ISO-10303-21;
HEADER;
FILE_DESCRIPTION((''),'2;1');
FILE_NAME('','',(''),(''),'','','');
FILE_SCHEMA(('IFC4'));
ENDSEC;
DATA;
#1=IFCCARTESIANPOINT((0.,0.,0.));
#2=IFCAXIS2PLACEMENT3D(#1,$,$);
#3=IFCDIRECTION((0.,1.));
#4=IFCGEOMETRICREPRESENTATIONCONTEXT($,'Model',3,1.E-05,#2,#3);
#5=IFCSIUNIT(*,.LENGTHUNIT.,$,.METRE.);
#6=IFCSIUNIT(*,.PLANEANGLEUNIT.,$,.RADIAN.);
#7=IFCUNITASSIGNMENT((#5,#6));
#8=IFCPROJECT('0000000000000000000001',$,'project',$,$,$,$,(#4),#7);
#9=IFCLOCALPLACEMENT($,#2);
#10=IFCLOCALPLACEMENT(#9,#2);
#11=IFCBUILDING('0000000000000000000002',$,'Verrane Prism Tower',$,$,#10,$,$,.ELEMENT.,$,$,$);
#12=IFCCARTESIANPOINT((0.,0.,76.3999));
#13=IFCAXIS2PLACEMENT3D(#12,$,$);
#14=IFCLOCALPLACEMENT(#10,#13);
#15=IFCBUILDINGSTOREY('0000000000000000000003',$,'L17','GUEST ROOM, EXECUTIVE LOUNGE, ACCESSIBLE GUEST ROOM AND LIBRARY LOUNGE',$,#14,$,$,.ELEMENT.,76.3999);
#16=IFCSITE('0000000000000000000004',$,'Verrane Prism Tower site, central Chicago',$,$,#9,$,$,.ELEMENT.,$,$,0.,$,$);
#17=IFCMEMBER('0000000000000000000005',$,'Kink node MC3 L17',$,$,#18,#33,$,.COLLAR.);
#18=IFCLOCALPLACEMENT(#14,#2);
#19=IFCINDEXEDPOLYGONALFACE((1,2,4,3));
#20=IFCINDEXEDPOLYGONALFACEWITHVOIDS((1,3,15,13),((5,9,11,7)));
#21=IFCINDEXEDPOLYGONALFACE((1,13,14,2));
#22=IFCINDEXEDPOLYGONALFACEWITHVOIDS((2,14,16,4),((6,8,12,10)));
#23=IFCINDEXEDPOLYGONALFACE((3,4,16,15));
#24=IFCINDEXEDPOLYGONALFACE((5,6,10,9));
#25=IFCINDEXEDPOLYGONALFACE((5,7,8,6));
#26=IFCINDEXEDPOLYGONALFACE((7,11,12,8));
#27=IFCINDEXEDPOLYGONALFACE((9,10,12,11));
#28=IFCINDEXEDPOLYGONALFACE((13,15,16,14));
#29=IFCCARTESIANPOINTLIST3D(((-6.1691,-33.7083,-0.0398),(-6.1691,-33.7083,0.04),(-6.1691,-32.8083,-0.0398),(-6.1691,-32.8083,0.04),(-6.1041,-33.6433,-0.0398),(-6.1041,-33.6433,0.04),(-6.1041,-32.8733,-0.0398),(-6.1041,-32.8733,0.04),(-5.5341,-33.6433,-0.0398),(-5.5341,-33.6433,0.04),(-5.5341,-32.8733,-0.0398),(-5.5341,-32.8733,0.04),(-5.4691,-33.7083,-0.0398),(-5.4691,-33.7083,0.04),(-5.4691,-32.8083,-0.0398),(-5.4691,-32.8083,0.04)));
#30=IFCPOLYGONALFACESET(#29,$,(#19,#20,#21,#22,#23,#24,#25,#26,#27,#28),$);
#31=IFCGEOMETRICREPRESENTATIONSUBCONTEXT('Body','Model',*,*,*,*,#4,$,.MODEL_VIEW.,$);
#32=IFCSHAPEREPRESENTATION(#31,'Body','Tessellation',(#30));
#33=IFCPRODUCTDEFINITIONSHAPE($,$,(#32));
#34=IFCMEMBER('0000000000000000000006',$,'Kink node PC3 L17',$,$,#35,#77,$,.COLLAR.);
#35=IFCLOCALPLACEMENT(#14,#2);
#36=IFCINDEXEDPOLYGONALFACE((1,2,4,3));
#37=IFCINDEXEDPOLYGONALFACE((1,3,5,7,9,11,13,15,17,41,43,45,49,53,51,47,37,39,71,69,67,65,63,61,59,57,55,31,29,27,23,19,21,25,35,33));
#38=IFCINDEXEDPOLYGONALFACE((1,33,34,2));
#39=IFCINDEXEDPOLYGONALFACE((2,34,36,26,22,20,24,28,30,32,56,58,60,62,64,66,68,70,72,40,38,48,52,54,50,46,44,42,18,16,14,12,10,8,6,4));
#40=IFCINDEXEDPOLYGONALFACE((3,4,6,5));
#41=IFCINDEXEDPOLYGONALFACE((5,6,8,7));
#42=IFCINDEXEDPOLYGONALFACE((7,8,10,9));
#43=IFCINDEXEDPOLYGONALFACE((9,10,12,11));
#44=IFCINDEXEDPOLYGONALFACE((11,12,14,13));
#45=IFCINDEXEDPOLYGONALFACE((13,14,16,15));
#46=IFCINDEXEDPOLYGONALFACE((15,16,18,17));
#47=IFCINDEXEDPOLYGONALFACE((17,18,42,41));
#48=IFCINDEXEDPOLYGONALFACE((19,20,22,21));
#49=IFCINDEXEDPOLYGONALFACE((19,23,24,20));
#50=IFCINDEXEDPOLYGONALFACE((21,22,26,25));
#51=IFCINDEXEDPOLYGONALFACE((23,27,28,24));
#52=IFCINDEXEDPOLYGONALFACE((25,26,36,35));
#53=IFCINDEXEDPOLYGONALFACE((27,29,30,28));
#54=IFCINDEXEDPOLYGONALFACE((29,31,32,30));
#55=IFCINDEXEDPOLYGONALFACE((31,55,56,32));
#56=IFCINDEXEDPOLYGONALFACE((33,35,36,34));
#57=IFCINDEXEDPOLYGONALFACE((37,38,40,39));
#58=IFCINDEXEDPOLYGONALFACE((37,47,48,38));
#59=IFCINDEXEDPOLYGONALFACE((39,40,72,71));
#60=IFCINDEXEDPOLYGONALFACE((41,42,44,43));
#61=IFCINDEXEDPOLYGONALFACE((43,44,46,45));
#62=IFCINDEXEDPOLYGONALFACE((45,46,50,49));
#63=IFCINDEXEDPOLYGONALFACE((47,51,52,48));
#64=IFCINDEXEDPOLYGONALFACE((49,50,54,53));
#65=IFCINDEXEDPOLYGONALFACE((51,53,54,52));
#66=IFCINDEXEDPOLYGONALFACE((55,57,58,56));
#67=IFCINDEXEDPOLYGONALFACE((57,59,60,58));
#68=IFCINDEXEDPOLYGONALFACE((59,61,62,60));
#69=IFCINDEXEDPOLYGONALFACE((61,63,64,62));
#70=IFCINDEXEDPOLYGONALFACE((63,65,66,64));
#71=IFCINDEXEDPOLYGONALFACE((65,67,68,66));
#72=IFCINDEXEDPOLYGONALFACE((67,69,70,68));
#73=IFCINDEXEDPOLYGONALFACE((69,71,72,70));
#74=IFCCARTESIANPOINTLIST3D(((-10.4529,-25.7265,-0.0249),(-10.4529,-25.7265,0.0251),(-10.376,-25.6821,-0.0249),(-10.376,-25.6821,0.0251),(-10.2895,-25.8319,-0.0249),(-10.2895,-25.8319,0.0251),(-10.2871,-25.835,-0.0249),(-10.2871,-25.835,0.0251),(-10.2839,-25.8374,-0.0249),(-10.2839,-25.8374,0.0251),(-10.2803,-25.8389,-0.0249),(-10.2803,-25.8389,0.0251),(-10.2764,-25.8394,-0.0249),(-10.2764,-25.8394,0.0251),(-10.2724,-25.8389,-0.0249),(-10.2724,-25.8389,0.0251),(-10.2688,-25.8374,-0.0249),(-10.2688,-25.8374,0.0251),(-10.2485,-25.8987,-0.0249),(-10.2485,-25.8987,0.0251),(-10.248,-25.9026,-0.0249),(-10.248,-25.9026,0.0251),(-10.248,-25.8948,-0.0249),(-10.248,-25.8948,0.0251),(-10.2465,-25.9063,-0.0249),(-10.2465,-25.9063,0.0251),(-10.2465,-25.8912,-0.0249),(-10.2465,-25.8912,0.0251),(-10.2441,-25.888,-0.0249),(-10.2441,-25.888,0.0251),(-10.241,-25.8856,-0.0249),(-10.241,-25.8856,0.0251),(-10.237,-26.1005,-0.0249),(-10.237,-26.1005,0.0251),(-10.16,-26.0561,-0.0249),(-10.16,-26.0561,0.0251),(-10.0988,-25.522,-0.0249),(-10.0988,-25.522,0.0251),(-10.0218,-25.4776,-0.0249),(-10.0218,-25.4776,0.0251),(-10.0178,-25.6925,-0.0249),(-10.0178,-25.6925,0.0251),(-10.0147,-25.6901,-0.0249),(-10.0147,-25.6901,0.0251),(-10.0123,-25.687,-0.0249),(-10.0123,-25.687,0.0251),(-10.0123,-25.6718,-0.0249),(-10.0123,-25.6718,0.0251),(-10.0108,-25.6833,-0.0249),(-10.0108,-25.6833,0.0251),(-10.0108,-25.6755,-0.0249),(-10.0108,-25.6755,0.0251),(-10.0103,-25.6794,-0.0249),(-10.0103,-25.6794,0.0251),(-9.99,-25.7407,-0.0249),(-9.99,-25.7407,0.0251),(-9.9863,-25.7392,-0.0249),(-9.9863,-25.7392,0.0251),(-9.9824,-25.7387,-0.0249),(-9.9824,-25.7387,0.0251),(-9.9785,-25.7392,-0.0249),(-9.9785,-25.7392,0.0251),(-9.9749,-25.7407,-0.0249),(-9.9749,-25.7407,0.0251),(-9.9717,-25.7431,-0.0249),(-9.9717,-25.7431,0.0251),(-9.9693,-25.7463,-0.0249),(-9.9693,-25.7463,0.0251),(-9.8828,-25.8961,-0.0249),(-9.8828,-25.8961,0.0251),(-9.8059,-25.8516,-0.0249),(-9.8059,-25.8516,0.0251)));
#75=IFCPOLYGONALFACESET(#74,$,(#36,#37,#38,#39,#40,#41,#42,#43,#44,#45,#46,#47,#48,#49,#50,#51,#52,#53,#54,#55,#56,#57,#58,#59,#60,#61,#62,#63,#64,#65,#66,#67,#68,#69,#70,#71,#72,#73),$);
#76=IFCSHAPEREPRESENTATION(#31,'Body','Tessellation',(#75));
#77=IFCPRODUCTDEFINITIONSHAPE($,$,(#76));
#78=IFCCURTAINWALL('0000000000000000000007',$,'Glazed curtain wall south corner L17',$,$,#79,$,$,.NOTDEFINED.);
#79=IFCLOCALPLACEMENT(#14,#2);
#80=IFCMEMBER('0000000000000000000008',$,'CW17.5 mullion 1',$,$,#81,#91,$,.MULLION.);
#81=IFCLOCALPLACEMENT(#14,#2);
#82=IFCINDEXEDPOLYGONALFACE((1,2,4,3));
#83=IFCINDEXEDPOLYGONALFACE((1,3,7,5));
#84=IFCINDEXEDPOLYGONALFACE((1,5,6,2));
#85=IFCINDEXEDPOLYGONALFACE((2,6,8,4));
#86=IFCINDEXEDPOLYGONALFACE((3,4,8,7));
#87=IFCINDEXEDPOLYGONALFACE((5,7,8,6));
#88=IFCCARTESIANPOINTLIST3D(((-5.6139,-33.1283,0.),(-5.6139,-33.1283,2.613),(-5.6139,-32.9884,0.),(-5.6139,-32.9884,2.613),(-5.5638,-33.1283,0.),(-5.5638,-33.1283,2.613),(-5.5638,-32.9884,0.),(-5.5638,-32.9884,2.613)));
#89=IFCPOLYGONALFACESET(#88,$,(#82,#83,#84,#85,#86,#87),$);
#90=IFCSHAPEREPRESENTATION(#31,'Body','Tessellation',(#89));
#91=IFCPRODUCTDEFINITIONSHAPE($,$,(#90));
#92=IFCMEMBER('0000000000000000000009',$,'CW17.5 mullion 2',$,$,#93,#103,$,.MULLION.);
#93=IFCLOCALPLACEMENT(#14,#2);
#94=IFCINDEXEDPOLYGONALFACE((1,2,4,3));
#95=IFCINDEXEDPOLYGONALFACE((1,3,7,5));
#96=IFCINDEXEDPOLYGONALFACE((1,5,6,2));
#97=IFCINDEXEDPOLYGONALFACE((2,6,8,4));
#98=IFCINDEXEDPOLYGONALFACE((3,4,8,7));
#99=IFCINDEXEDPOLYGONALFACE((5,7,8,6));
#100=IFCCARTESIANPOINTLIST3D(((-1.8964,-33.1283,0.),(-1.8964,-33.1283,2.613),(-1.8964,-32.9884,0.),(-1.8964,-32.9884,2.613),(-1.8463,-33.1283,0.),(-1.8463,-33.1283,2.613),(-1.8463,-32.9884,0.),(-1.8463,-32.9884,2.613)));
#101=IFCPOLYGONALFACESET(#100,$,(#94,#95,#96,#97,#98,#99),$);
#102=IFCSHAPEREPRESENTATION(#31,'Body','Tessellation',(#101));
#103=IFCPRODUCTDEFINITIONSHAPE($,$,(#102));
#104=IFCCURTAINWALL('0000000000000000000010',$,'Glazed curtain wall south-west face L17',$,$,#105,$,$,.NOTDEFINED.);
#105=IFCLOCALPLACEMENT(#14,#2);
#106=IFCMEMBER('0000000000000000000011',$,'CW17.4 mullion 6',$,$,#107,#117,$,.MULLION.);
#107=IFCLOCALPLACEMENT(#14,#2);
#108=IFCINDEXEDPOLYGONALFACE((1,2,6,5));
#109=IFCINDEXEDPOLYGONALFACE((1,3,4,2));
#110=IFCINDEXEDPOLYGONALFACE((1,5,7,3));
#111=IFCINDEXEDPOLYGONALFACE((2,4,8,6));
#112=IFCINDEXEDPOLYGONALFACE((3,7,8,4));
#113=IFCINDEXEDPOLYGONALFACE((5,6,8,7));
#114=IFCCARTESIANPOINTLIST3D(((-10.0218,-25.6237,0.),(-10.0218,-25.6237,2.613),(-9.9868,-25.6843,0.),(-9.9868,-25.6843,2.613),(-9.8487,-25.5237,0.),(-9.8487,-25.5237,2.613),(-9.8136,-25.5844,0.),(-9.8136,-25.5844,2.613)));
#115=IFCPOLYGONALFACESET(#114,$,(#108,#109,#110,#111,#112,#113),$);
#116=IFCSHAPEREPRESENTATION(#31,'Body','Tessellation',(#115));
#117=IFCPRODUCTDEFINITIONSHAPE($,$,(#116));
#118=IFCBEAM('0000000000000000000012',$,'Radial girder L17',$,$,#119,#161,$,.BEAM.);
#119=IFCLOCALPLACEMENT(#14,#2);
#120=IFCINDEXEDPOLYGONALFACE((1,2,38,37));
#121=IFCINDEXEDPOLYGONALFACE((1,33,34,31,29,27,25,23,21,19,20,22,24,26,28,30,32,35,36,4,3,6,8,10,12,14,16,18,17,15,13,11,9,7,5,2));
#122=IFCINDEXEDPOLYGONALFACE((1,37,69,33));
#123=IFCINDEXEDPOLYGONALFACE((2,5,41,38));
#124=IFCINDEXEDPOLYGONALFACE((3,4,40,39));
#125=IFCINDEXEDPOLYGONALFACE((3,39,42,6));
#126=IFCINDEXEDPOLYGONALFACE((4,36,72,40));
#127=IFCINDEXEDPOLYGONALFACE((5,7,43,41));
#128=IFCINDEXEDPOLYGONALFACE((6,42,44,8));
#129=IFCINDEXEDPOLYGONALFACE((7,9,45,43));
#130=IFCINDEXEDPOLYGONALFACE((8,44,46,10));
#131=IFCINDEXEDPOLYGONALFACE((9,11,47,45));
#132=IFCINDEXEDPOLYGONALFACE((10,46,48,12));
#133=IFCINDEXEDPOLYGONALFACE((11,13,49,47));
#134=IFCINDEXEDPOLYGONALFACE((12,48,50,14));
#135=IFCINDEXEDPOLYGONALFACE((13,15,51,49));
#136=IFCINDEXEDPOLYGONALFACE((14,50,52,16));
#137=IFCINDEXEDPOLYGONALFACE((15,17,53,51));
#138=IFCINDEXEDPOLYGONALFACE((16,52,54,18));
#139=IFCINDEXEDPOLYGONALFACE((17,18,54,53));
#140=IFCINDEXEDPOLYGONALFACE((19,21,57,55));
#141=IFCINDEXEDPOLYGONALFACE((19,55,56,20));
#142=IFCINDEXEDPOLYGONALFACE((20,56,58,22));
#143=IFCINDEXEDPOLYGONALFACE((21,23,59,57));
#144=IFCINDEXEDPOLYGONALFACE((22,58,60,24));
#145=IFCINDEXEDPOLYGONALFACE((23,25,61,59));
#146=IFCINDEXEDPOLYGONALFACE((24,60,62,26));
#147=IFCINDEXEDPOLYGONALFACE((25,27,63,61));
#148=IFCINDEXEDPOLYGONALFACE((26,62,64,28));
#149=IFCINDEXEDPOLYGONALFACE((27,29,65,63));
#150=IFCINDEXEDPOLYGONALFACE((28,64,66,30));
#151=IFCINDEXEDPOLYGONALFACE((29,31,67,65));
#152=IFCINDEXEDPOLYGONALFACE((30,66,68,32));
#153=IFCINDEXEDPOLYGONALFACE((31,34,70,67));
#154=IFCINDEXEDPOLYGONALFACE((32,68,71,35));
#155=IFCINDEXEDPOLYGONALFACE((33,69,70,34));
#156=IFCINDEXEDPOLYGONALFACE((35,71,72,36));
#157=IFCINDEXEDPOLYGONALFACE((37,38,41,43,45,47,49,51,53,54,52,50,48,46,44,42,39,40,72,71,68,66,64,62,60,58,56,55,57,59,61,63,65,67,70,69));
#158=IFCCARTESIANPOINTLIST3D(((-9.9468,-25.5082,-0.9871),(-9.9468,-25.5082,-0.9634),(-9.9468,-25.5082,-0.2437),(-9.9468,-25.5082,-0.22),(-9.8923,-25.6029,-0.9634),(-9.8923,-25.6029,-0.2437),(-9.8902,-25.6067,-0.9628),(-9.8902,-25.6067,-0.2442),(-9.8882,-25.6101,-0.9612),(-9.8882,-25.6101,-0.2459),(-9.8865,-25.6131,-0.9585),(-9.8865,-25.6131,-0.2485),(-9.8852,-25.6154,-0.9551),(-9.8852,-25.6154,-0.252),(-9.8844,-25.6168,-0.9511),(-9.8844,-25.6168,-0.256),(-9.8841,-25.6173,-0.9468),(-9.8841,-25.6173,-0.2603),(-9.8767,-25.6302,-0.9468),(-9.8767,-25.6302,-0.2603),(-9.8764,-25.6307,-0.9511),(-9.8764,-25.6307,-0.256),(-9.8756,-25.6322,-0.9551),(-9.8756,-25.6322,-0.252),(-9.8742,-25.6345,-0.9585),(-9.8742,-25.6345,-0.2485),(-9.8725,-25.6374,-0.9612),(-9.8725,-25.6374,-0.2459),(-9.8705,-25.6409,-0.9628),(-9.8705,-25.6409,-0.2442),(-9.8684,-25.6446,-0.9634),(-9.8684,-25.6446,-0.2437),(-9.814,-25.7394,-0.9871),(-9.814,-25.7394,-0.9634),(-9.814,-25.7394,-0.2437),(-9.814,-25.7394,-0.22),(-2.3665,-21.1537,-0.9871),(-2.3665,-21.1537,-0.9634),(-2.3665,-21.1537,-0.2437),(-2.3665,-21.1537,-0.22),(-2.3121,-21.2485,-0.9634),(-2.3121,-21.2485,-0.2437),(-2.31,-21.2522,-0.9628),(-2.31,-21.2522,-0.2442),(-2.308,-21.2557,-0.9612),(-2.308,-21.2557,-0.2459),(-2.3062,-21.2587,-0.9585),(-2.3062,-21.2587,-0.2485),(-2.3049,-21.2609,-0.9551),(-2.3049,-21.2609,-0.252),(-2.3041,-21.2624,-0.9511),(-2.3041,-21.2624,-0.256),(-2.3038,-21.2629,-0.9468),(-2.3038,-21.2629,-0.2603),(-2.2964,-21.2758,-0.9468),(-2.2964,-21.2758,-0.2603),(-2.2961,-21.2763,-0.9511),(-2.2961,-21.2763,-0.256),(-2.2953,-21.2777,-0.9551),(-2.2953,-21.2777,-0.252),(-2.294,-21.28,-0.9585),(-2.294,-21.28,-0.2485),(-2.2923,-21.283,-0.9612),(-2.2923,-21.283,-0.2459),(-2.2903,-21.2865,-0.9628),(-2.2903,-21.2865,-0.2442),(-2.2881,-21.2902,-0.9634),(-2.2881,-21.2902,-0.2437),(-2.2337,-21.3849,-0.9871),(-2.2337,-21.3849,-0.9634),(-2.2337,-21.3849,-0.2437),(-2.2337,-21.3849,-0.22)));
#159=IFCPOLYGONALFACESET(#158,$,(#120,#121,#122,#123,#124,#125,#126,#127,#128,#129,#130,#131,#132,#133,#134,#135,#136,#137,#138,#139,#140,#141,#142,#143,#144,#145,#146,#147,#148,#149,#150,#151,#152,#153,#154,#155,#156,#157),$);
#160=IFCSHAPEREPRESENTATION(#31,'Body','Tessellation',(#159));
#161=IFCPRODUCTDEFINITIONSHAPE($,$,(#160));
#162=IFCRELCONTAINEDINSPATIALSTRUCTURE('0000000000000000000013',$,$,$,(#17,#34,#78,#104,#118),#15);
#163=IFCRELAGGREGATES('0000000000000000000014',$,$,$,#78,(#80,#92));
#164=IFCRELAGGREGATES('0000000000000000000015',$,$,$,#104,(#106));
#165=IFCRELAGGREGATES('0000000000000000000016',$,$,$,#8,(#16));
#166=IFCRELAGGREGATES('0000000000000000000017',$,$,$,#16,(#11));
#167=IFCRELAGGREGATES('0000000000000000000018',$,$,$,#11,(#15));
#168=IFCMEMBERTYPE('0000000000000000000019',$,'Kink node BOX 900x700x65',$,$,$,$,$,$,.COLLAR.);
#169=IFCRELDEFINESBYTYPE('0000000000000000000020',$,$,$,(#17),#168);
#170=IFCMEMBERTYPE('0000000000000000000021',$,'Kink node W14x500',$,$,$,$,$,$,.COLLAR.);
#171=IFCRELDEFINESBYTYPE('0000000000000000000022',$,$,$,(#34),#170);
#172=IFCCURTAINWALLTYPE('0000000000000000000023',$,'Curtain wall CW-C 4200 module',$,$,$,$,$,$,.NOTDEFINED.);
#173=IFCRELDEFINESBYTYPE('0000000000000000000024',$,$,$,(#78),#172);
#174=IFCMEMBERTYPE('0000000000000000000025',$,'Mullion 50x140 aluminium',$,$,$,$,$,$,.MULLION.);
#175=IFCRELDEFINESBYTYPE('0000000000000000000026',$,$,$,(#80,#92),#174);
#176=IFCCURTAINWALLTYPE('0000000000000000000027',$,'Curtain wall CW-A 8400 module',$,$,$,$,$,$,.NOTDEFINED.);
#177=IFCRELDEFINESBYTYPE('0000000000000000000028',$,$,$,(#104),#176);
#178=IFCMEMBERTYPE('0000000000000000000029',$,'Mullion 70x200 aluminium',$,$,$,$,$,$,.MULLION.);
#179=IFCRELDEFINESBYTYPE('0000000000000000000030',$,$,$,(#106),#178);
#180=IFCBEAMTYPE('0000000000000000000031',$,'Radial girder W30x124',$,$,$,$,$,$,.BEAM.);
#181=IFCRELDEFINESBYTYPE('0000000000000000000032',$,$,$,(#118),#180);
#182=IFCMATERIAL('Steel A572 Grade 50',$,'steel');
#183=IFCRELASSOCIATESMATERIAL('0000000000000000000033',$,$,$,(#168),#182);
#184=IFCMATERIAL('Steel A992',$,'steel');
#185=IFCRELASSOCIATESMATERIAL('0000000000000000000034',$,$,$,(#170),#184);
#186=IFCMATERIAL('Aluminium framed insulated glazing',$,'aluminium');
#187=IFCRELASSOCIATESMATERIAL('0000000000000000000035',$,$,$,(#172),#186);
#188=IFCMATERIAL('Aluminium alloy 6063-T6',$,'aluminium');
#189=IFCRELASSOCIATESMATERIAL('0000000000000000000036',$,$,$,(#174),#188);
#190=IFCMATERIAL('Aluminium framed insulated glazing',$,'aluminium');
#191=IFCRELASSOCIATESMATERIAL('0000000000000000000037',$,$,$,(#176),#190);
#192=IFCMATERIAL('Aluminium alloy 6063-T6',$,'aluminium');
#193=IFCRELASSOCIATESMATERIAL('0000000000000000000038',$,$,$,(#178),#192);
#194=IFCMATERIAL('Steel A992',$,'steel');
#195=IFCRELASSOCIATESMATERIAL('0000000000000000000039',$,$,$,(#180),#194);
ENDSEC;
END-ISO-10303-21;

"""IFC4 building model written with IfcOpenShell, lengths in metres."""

from ifc_helpers import new_model, si_unit, direction, frame, origin, origin_2d, place, context, subcontext, project, spatial, rectangle, hollow_rectangle, i_section, extrude, material, material_profile, profile_set, type_object, element, aggregate, save


model = new_model("IFC4")

# Units and contexts
model_context = context("Model", 3, precision=1e-05, world=origin(), true_north=direction((0.0, 1.0)))
body_context = subcontext(model_context, "Body", "Model", "MODEL_VIEW")
ifc_project = project(units=[si_unit("LENGTHUNIT", "METRE"), si_unit("PLANEANGLEUNIT", "RADIAN")], contexts=[model_context])

# Site, building, storey
site_placement = place(None, origin())
site = spatial("IfcSite", under=ifc_project, at=site_placement, Name="Verrane Prism Tower site, central Chicago", CompositionType="ELEMENT", RefElevation=0.0)
building_placement = place(site_placement, origin())
building = spatial("IfcBuilding", under=site, at=building_placement, Name="Verrane Prism Tower", CompositionType="ELEMENT")
storey_placement = place(building_placement, frame((0.0, 0.0, 76.3999)))
storey = spatial("IfcBuildingStorey", under=building, at=storey_placement, Name="L17", Description="GUEST ROOM, EXECUTIVE LOUNGE, ACCESSIBLE GUEST ROOM AND LIBRARY LOUNGE", CompositionType="ELEMENT", Elevation=76.3999)

# Members
ifc_material_1 = material(Name="Steel A572 Grade 50", Category="steel")
ifc_material_profile_1 = material_profile(ifc_material_1, hollow_rectangle(XDim=0.7, YDim=0.8999, WallThickness=0.0649, at=origin_2d()), Name="BOX 900x700x65")
ifc_profile_set_1 = profile_set([ifc_material_profile_1], Name="Steel A572 Grade 50")
member_type_1 = type_object("IfcMemberType", Name="Kink node BOX 900x700x65", PredefinedType="COLLAR", material=ifc_profile_set_1)
member_1_placement = place(storey_placement, frame((-5.8191, -33.2583, -0.0398), z_axis=(0.0, 0.0, 1.0), x_axis=(-1.0, 0.0, 0.0)))
element("IfcMember", 1, at=member_1_placement, inside=storey, type_object=member_type_1, Name="Kink node MC3 L17", PredefinedType="COLLAR", context=body_context, shape_type="SweptSolid", body=[
    extrude(hollow_rectangle(XDim=0.7, YDim=0.8999, WallThickness=0.0649, at=origin_2d()), origin(), (0.0, 0.0, 1.0), 0.0798),
])
ifc_material_2 = material(Name="Steel A992", Category="steel")
ifc_material_profile_2 = material_profile(ifc_material_2, i_section(OverallWidth=0.4319, OverallDepth=0.4978, WebThickness=0.0557, FlangeThickness=0.0889, FilletRadius=0.0151, at=origin_2d()), Name="W14x500")
ifc_profile_set_2 = profile_set([ifc_material_profile_2], Name="Steel A992")
member_type_2 = type_object("IfcMemberType", Name="Kink node W14x500", PredefinedType="COLLAR", material=ifc_profile_set_2)
member_2_placement = place(storey_placement, frame((-10.1294, -25.7891, -0.0249), z_axis=(0.0, 0.0, 1.0), x_axis=(-0.5, 0.866025, 0.0)))
element("IfcMember", 2, at=member_2_placement, inside=storey, type_object=member_type_2, Name="Kink node PC3 L17", PredefinedType="COLLAR", context=body_context, shape_type="SweptSolid", body=[
    extrude(i_section(OverallWidth=0.4319, OverallDepth=0.4978, WebThickness=0.0557, FlangeThickness=0.0889, FilletRadius=0.0151, at=origin_2d()), origin(), (0.0, 0.0, 1.0), 0.05),
])

# Curtain wall, members
ifc_material_3 = material(Name="Aluminium framed insulated glazing", Category="aluminium")
curtain_wall_type_1 = type_object("IfcCurtainWallType", Name="Curtain wall CW-C 4200 module", PredefinedType="NOTDEFINED", material=ifc_material_3)
curtain_wall_1_placement = place(storey_placement, origin())
curtain_wall_1 = element("IfcCurtainWall", 3, at=curtain_wall_1_placement, inside=storey, type_object=curtain_wall_type_1, Name="Glazed curtain wall south corner L17", PredefinedType="NOTDEFINED")
ifc_material_4 = material(Name="Aluminium alloy 6063-T6", Category="aluminium")
ifc_material_profile_3 = material_profile(ifc_material_4, rectangle(XDim=0.1399, YDim=0.05, at=origin_2d()), Name="Mullion 50x140 aluminium")
ifc_profile_set_3 = profile_set([ifc_material_profile_3], Name="Aluminium alloy 6063-T6")
member_type_3 = type_object("IfcMemberType", Name="Mullion 50x140 aluminium", PredefinedType="MULLION", material=ifc_profile_set_3)
member_3_placement = place(storey_placement, frame((-5.5889, -33.0583, 0.0), z_axis=(0.0, 0.0, 1.0), x_axis=(0.0, 1.0, 0.0)))
member_3 = element("IfcMember", 4, at=member_3_placement, type_object=member_type_3, Name="CW17.5 mullion 1", PredefinedType="MULLION", context=body_context, shape_type="SweptSolid", body=[
    extrude(rectangle(XDim=0.1399, YDim=0.05, at=origin_2d()), origin(), (0.0, 0.0, 1.0), 2.613),
])
member_4_placement = place(storey_placement, frame((-1.8713, -33.0583, 0.0), z_axis=(0.0, 0.0, 1.0), x_axis=(0.0, 1.0, 0.0)))
member_4 = element("IfcMember", 5, at=member_4_placement, type_object=member_type_3, Name="CW17.5 mullion 2", PredefinedType="MULLION", context=body_context, shape_type="SweptSolid", body=[
    extrude(rectangle(XDim=0.1399, YDim=0.05, at=origin_2d()), origin(), (0.0, 0.0, 1.0), 2.613),
])

# Curtain wall, member
ifc_material_5 = material(Name="Aluminium framed insulated glazing", Category="aluminium")
curtain_wall_type_2 = type_object("IfcCurtainWallType", Name="Curtain wall CW-A 8400 module", PredefinedType="NOTDEFINED", material=ifc_material_5)
curtain_wall_2_placement = place(storey_placement, origin())
curtain_wall_2 = element("IfcCurtainWall", 6, at=curtain_wall_2_placement, inside=storey, type_object=curtain_wall_type_2, Name="Glazed curtain wall south-west face L17", PredefinedType="NOTDEFINED")
ifc_material_6 = material(Name="Aluminium alloy 6063-T6", Category="aluminium")
ifc_material_profile_4 = material_profile(ifc_material_6, rectangle(XDim=0.2, YDim=0.0701, at=origin_2d()), Name="Mullion 70x200 aluminium")
ifc_profile_set_4 = profile_set([ifc_material_profile_4], Name="Aluminium alloy 6063-T6")
member_type_4 = type_object("IfcMemberType", Name="Mullion 70x200 aluminium", PredefinedType="MULLION", material=ifc_profile_set_4)
member_5_placement = place(storey_placement, frame((-9.9177, -25.604, 0.0), z_axis=(0.0, 0.0, 1.0), x_axis=(0.866026, 0.499999, 0.0)))
member_5 = element("IfcMember", 7, at=member_5_placement, type_object=member_type_4, Name="CW17.4 mullion 6", PredefinedType="MULLION", context=body_context, shape_type="SweptSolid", body=[
    extrude(rectangle(XDim=0.2, YDim=0.0701, at=origin_2d()), origin(), (0.0, 0.0, 1.0), 2.613),
])

# Beam
ifc_material_7 = material(Name="Steel A992", Category="steel")
ifc_material_profile_5 = material_profile(ifc_material_7, i_section(OverallWidth=0.2666, OverallDepth=0.7671, WebThickness=0.0149, FlangeThickness=0.0237, FilletRadius=0.0166, at=origin_2d()), Name="W30x124")
ifc_profile_set_5 = profile_set([ifc_material_profile_5], Name="Steel A992")
beam_type_1 = type_object("IfcBeamType", Name="Radial girder W30x124", PredefinedType="BEAM", material=ifc_profile_set_5)
beam_1_placement = place(storey_placement, frame((-9.8804, -25.6238, -0.6035), z_axis=(0.867113, 0.498111, 0.0), x_axis=(-0.498111, 0.867113, 0.0)))
element("IfcBeam", 8, at=beam_1_placement, inside=storey, type_object=beam_type_1, Name="Radial girder L17", PredefinedType="BEAM", context=body_context, shape_type="SweptSolid", body=[
    extrude(i_section(OverallWidth=0.2666, OverallDepth=0.7671, WebThickness=0.0149, FlangeThickness=0.0237, FilletRadius=0.0166, at=origin_2d()), origin(), (0.0, 0.0, 1.0), 8.7419),
])

aggregate(curtain_wall_1, [member_3, member_4])
aggregate(curtain_wall_2, [member_5])

save(model, "model.ifc")
